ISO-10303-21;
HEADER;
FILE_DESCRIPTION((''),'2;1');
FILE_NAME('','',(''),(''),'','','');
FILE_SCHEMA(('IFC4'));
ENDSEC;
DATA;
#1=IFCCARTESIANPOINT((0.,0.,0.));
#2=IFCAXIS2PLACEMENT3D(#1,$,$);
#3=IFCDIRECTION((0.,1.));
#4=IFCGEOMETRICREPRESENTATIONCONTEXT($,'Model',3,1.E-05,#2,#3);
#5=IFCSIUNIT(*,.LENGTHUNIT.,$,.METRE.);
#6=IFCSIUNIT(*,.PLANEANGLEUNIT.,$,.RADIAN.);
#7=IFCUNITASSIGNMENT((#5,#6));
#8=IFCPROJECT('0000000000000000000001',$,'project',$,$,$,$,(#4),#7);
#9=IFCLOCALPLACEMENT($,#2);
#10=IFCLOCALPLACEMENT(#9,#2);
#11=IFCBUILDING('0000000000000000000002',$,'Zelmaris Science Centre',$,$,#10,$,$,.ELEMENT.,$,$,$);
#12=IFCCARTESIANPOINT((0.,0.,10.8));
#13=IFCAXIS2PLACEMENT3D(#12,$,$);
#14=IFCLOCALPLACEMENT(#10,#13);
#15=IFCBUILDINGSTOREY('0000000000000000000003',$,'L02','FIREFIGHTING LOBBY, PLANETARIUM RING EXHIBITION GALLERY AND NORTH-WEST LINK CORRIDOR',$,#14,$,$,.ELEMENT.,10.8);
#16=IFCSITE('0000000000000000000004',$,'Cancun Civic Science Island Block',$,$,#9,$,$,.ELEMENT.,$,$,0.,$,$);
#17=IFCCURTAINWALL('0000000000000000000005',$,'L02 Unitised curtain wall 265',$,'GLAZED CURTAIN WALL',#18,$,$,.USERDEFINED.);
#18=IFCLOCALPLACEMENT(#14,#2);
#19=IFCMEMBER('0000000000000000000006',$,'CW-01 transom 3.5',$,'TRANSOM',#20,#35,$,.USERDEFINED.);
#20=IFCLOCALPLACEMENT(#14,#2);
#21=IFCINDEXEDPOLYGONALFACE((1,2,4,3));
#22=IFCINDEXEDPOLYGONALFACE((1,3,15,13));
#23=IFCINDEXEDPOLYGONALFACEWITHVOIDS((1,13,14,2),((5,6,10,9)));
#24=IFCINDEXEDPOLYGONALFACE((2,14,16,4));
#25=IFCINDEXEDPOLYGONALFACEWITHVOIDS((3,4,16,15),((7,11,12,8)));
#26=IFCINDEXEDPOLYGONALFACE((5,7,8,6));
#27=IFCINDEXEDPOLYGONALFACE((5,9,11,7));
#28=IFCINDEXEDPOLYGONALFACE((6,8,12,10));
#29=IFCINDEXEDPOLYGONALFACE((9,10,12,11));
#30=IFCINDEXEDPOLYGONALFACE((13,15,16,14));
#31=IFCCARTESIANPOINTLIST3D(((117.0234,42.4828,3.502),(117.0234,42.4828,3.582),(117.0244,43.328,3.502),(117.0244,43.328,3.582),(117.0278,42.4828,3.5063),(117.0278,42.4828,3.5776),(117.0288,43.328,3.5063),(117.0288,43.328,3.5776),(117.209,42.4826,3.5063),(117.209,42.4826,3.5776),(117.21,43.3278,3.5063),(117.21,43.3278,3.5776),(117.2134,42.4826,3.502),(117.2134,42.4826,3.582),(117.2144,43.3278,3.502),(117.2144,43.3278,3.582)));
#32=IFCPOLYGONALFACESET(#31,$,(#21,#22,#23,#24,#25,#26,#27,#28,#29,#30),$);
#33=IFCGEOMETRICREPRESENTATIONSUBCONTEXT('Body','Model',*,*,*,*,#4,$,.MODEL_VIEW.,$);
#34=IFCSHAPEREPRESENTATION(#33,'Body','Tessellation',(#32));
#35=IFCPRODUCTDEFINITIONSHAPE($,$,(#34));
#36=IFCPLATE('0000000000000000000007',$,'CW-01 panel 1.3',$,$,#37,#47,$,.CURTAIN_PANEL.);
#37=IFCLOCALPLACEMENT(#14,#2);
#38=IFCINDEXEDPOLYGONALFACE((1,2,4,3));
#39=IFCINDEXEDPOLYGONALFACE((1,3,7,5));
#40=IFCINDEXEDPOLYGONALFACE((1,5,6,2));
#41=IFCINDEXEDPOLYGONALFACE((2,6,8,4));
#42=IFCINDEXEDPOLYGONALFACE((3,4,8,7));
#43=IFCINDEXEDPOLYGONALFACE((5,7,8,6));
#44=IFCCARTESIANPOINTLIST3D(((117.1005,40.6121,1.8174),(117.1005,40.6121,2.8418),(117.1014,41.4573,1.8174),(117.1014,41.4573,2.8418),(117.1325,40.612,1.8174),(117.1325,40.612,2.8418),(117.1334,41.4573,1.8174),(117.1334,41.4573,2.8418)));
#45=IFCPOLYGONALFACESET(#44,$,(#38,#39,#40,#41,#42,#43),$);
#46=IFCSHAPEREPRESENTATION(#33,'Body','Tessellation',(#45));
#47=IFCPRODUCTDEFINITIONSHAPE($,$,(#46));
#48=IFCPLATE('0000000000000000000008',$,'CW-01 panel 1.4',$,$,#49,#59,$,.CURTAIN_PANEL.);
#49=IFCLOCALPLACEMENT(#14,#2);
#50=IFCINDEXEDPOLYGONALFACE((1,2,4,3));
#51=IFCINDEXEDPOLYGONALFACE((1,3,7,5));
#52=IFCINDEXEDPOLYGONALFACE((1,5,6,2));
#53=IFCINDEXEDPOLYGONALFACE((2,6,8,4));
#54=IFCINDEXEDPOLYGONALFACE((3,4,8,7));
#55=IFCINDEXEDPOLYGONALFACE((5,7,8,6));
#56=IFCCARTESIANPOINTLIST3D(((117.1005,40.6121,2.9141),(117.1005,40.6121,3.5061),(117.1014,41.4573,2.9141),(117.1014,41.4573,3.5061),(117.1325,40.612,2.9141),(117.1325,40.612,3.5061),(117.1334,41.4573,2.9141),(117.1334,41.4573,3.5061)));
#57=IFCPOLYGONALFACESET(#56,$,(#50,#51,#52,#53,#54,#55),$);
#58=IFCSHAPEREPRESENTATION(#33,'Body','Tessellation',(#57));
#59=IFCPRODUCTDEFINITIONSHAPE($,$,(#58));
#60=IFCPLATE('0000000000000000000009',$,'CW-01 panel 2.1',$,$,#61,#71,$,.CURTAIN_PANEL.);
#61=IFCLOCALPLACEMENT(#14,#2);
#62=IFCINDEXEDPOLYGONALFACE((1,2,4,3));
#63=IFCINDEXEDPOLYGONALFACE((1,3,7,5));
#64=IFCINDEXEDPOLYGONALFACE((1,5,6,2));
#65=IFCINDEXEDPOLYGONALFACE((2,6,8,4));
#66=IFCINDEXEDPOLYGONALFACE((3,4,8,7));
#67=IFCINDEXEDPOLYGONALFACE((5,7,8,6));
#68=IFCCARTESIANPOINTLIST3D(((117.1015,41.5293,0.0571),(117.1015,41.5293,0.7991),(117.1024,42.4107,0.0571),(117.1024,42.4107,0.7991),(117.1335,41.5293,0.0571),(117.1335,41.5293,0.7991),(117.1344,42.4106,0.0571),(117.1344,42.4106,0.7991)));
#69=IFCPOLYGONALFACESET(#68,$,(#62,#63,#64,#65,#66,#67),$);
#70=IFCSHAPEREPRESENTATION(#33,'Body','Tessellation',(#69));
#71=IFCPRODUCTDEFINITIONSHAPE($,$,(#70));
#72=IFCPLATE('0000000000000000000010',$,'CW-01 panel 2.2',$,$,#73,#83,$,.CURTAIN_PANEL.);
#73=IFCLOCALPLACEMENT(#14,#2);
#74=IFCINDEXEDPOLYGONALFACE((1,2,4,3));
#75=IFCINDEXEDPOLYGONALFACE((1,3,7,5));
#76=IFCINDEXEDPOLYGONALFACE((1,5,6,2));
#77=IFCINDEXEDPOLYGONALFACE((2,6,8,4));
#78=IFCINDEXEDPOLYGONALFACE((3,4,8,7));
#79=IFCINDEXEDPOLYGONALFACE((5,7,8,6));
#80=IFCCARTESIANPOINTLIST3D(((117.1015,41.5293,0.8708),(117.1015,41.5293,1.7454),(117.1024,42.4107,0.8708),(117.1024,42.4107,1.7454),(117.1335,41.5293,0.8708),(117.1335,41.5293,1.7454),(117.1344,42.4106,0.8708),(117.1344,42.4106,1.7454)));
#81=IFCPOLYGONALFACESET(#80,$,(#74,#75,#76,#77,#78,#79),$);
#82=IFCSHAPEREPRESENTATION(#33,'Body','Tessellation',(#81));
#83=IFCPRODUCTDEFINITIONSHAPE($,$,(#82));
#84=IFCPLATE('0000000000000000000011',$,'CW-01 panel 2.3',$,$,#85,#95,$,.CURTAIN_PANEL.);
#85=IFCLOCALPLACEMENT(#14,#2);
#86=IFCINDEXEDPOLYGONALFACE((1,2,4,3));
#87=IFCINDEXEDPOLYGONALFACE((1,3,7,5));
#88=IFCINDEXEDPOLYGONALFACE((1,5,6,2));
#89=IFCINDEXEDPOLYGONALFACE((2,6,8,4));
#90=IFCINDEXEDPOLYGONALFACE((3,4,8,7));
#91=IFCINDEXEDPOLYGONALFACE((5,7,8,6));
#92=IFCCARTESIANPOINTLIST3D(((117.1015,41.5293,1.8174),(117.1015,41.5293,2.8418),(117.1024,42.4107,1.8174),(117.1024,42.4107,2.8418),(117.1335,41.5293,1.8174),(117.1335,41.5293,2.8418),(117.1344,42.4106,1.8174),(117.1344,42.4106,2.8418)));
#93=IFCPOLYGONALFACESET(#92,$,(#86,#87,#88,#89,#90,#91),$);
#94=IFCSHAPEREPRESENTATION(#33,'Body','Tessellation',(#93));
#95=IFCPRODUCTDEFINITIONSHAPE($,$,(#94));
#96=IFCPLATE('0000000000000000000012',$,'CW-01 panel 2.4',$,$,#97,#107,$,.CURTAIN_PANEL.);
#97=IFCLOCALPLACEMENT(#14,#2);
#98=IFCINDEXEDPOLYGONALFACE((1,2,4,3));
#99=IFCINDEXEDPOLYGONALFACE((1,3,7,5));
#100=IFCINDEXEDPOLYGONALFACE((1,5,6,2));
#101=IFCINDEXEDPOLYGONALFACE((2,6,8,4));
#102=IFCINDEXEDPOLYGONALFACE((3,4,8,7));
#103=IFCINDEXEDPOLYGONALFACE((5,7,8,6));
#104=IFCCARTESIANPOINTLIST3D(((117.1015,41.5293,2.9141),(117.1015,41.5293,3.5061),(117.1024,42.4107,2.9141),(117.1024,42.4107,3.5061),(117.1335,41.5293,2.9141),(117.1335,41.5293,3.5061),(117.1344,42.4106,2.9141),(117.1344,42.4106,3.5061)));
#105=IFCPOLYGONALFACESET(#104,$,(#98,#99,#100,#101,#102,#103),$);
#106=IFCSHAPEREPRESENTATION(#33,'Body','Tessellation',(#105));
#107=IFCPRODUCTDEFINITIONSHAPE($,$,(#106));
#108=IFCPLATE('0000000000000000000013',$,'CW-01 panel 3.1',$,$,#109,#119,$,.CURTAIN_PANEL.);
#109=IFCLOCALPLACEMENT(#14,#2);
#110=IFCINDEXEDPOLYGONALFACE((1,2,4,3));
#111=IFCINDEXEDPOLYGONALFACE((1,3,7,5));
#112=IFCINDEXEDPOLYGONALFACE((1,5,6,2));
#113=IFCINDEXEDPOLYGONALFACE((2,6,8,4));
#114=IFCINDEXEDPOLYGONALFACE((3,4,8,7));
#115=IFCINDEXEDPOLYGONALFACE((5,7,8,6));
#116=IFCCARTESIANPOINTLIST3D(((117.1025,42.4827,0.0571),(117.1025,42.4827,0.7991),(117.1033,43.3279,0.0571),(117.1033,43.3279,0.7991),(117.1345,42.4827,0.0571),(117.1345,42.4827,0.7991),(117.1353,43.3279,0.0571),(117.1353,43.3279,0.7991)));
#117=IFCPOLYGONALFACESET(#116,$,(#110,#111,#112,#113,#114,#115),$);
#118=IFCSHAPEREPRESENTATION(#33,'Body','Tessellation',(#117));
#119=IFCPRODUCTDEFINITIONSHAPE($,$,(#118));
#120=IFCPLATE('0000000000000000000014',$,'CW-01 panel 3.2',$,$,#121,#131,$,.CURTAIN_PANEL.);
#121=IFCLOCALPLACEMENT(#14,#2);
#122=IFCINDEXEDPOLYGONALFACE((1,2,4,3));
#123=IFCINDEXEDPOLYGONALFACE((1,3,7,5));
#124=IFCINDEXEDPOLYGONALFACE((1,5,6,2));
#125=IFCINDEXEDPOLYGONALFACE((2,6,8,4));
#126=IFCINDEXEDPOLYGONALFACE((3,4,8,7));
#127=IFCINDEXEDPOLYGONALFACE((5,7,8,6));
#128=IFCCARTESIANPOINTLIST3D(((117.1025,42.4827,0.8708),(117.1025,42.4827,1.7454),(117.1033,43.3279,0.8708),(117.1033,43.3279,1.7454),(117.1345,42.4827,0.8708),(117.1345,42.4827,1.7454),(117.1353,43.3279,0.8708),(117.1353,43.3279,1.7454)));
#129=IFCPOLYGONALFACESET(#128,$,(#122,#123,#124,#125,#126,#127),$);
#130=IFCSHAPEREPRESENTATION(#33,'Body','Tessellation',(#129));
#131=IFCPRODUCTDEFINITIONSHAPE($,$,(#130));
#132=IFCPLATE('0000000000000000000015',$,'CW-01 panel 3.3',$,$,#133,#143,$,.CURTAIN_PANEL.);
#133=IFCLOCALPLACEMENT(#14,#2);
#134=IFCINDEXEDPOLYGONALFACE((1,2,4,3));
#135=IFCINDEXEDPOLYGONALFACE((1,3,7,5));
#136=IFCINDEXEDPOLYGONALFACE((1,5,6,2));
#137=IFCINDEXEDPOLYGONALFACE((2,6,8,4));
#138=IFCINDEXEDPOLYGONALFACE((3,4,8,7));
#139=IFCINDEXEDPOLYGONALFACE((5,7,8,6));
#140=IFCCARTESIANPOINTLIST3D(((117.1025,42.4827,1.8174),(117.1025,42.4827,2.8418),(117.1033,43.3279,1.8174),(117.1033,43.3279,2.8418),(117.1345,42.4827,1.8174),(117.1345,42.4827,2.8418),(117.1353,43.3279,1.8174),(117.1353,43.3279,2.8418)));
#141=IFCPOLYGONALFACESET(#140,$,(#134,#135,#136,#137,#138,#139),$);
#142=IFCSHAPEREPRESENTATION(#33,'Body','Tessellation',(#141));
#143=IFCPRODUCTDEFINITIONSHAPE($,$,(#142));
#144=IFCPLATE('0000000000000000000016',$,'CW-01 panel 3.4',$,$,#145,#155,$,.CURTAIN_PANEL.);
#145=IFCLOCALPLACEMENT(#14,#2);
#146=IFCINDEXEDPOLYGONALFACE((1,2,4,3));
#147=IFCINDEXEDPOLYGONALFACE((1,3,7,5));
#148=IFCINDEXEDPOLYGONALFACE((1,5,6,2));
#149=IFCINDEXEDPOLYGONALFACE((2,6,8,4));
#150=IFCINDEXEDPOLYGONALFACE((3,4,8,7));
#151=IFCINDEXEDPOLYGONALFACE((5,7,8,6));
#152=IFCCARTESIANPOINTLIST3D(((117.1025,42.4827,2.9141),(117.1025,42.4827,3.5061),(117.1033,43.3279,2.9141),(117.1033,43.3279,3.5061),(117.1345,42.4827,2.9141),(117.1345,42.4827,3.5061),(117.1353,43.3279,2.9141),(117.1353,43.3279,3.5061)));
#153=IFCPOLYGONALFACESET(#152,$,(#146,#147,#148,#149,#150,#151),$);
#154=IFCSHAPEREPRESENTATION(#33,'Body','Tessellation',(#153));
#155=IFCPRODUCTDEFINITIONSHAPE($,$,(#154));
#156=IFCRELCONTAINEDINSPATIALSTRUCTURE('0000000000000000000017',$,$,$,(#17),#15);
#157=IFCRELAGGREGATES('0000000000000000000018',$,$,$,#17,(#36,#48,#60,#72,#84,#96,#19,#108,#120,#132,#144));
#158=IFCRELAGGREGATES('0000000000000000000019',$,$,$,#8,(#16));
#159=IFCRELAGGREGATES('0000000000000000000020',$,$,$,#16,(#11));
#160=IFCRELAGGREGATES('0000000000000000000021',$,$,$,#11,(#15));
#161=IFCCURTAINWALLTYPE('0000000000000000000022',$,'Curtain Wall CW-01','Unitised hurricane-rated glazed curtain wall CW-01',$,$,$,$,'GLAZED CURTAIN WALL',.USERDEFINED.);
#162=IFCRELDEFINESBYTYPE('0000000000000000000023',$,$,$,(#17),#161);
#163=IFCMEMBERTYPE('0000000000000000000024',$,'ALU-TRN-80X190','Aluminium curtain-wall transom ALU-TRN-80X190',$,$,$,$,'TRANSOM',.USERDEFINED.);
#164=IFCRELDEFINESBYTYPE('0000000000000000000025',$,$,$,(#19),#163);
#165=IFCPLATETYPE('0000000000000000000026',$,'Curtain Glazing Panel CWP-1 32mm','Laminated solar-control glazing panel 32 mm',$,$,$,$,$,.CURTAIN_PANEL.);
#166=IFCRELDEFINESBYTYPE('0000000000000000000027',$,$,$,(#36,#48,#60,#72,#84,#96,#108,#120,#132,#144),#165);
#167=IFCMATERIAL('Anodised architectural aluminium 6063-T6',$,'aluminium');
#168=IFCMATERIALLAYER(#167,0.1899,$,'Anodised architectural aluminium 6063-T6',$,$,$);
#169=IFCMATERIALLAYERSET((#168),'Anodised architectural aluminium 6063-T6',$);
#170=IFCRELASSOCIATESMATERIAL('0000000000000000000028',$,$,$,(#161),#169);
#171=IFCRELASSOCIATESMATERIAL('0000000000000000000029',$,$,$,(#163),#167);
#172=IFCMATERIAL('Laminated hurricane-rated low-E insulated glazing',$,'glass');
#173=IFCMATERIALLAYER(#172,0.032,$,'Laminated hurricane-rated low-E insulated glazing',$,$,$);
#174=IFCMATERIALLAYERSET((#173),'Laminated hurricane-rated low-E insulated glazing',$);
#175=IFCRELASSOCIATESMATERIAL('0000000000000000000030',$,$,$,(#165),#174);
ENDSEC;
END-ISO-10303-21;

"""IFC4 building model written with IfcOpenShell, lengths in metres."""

from ifc_helpers import new_model, si_unit, direction, frame, origin, origin_2d, place, context, subcontext, project, spatial, rectangle, hollow_rectangle, extrude, material, layer, layer_set, material_profile, profile_set, type_object, element, aggregate, save


model = new_model("IFC4")

# Units and contexts
model_context = context("Model", 3, precision=1e-05, world=origin(), true_north=direction((0.0, 1.0)))
body_context = subcontext(model_context, "Body", "Model", "MODEL_VIEW")
ifc_project = project(units=[si_unit("LENGTHUNIT", "METRE"), si_unit("PLANEANGLEUNIT", "RADIAN")], contexts=[model_context])

# Site, building, storey
site_placement = place(None, origin())
site = spatial("IfcSite", under=ifc_project, at=site_placement, Name="Cancun Civic Science Island Block", CompositionType="ELEMENT", RefElevation=0.0)
building_placement = place(site_placement, origin())
building = spatial("IfcBuilding", under=site, at=building_placement, Name="Zelmaris Science Centre", CompositionType="ELEMENT")
storey_placement = place(building_placement, frame((0.0, 0.0, 10.8)))
storey = spatial("IfcBuildingStorey", under=building, at=storey_placement, Name="L02", Description="FIREFIGHTING LOBBY, PLANETARIUM RING EXHIBITION GALLERY AND NORTH-WEST LINK CORRIDOR", CompositionType="ELEMENT", Elevation=10.8)

# Curtain wall, member, plates
ifc_material_1 = material(Name="Anodised architectural aluminium 6063-T6", Category="aluminium")
ifc_layer_1 = layer(ifc_material_1, 0.1899, Name="Anodised architectural aluminium 6063-T6")
ifc_layer_set_1 = layer_set([ifc_layer_1], Name="Anodised architectural aluminium 6063-T6")
curtain_wall_type = type_object("IfcCurtainWallType", Name="Curtain Wall CW-01", Description="Unitised hurricane-rated glazed curtain wall CW-01", ElementType="GLAZED CURTAIN WALL", PredefinedType="USERDEFINED", material=ifc_layer_set_1)
curtain_wall_placement = place(storey_placement, origin())
curtain_wall = element("IfcCurtainWall", 1, at=curtain_wall_placement, inside=storey, type_object=curtain_wall_type, Name="L02 Unitised curtain wall 265", ObjectType="GLAZED CURTAIN WALL", PredefinedType="USERDEFINED")
ifc_material_profile_1 = material_profile(ifc_material_1, hollow_rectangle(XDim=0.0801, YDim=0.1899, WallThickness=0.0044, at=origin_2d()), Name="ALU-TRN-80X190")
ifc_profile_set_1 = profile_set([ifc_material_profile_1], Name="Anodised architectural aluminium 6063-T6")
member_type_1 = type_object("IfcMemberType", Name="ALU-TRN-80X190", Description="Aluminium curtain-wall transom ALU-TRN-80X190", ElementType="TRANSOM", PredefinedType="USERDEFINED", material=ifc_profile_set_1)
member_1_placement = place(storey_placement, frame((117.1184, 42.4827, 3.542), z_axis=(0.001155, 0.999999, 0.0), x_axis=(0.0, 0.0, 1.0)))
member_1 = element("IfcMember", 2, at=member_1_placement, type_object=member_type_1, Name="CW-01 transom 3.5", ObjectType="TRANSOM", PredefinedType="USERDEFINED", context=body_context, shape_type="SweptSolid", body=[
    extrude(hollow_rectangle(XDim=0.0801, YDim=0.1899, WallThickness=0.0044, at=origin_2d()), origin(), (0.0, 0.0, 1.0), 0.8452),
])
ifc_material_2 = material(Name="Laminated hurricane-rated low-E insulated glazing", Category="glass")
ifc_layer_2 = layer(ifc_material_2, 0.032, Name="Laminated hurricane-rated low-E insulated glazing")
ifc_layer_set_2 = layer_set([ifc_layer_2], Name="Laminated hurricane-rated low-E insulated glazing")
plate_type = type_object("IfcPlateType", Name="Curtain Glazing Panel CWP-1 32mm", Description="Laminated solar-control glazing panel 32 mm", PredefinedType="CURTAIN_PANEL", material=ifc_layer_set_2)
plate_1_placement = place(storey_placement, frame((117.1169, 41.0347, 1.8174), z_axis=(0.0, 0.0, 1.0), x_axis=(0.001014, 0.999999, 0.0)))
plate_1 = element("IfcPlate", 3, at=plate_1_placement, type_object=plate_type, Name="CW-01 panel 1.3", PredefinedType="CURTAIN_PANEL", context=body_context, shape_type="SweptSolid", body=[
    extrude(rectangle(XDim=0.8452, YDim=0.032, at=origin_2d()), origin(), (0.0, 0.0, 1.0), 1.0244),
])
plate_2_placement = place(storey_placement, frame((117.1169, 41.0347, 2.9141), z_axis=(0.0, 0.0, 1.0), x_axis=(0.001014, 0.999999, 0.0)))
plate_2 = element("IfcPlate", 4, at=plate_2_placement, type_object=plate_type, Name="CW-01 panel 1.4", PredefinedType="CURTAIN_PANEL", context=body_context, shape_type="SweptSolid", body=[
    extrude(rectangle(XDim=0.8452, YDim=0.032, at=origin_2d()), origin(), (0.0, 0.0, 1.0), 0.592),
])
plate_3_placement = place(storey_placement, frame((117.1179, 41.97, 0.0571), z_axis=(0.0, 0.0, 1.0), x_axis=(0.001014, 0.999999, 0.0)))
plate_3 = element("IfcPlate", 5, at=plate_3_placement, type_object=plate_type, Name="CW-01 panel 2.1", PredefinedType="CURTAIN_PANEL", context=body_context, shape_type="SweptSolid", body=[
    extrude(rectangle(XDim=0.8813, YDim=0.032, at=origin_2d()), origin(), (0.0, 0.0, 1.0), 0.7419),
])
plate_4_placement = place(storey_placement, frame((117.1179, 41.97, 0.8708), z_axis=(0.0, 0.0, 1.0), x_axis=(0.001014, 0.999999, 0.0)))
plate_4 = element("IfcPlate", 6, at=plate_4_placement, type_object=plate_type, Name="CW-01 panel 2.2", PredefinedType="CURTAIN_PANEL", context=body_context, shape_type="SweptSolid", body=[
    extrude(rectangle(XDim=0.8813, YDim=0.032, at=origin_2d()), origin(), (0.0, 0.0, 1.0), 0.8745),
])
plate_5_placement = place(storey_placement, frame((117.1179, 41.97, 1.8174), z_axis=(0.0, 0.0, 1.0), x_axis=(0.001014, 0.999999, 0.0)))
plate_5 = element("IfcPlate", 7, at=plate_5_placement, type_object=plate_type, Name="CW-01 panel 2.3", PredefinedType="CURTAIN_PANEL", context=body_context, shape_type="SweptSolid", body=[
    extrude(rectangle(XDim=0.8813, YDim=0.032, at=origin_2d()), origin(), (0.0, 0.0, 1.0), 1.0244),
])
plate_6_placement = place(storey_placement, frame((117.1179, 41.97, 2.9141), z_axis=(0.0, 0.0, 1.0), x_axis=(0.001014, 0.999999, 0.0)))
plate_6 = element("IfcPlate", 8, at=plate_6_placement, type_object=plate_type, Name="CW-01 panel 2.4", PredefinedType="CURTAIN_PANEL", context=body_context, shape_type="SweptSolid", body=[
    extrude(rectangle(XDim=0.8813, YDim=0.032, at=origin_2d()), origin(), (0.0, 0.0, 1.0), 0.592),
])
plate_7_placement = place(storey_placement, frame((117.1189, 42.9053, 0.0571), z_axis=(0.0, 0.0, 1.0), x_axis=(0.001014, 0.999999, 0.0)))
plate_7 = element("IfcPlate", 9, at=plate_7_placement, type_object=plate_type, Name="CW-01 panel 3.1", PredefinedType="CURTAIN_PANEL", context=body_context, shape_type="SweptSolid", body=[
    extrude(rectangle(XDim=0.8452, YDim=0.032, at=origin_2d()), origin(), (0.0, 0.0, 1.0), 0.7419),
])
plate_8_placement = place(storey_placement, frame((117.1189, 42.9053, 0.8708), z_axis=(0.0, 0.0, 1.0), x_axis=(0.001014, 0.999999, 0.0)))
plate_8 = element("IfcPlate", 10, at=plate_8_placement, type_object=plate_type, Name="CW-01 panel 3.2", PredefinedType="CURTAIN_PANEL", context=body_context, shape_type="SweptSolid", body=[
    extrude(rectangle(XDim=0.8452, YDim=0.032, at=origin_2d()), origin(), (0.0, 0.0, 1.0), 0.8745),
])
plate_9_placement = place(storey_placement, frame((117.1189, 42.9053, 1.8174), z_axis=(0.0, 0.0, 1.0), x_axis=(0.001014, 0.999999, 0.0)))
plate_9 = element("IfcPlate", 11, at=plate_9_placement, type_object=plate_type, Name="CW-01 panel 3.3", PredefinedType="CURTAIN_PANEL", context=body_context, shape_type="SweptSolid", body=[
    extrude(rectangle(XDim=0.8452, YDim=0.032, at=origin_2d()), origin(), (0.0, 0.0, 1.0), 1.0244),
])
plate_10_placement = place(storey_placement, frame((117.1189, 42.9053, 2.9141), z_axis=(0.0, 0.0, 1.0), x_axis=(0.001014, 0.999999, 0.0)))
plate_10 = element("IfcPlate", 12, at=plate_10_placement, type_object=plate_type, Name="CW-01 panel 3.4", PredefinedType="CURTAIN_PANEL", context=body_context, shape_type="SweptSolid", body=[
    extrude(rectangle(XDim=0.8452, YDim=0.032, at=origin_2d()), origin(), (0.0, 0.0, 1.0), 0.592),
])
aggregate(curtain_wall, [plate_1, plate_2, plate_3, plate_4, plate_5, plate_6, member_1, plate_7, plate_8, plate_9, plate_10])

save(model, "model.ifc")
